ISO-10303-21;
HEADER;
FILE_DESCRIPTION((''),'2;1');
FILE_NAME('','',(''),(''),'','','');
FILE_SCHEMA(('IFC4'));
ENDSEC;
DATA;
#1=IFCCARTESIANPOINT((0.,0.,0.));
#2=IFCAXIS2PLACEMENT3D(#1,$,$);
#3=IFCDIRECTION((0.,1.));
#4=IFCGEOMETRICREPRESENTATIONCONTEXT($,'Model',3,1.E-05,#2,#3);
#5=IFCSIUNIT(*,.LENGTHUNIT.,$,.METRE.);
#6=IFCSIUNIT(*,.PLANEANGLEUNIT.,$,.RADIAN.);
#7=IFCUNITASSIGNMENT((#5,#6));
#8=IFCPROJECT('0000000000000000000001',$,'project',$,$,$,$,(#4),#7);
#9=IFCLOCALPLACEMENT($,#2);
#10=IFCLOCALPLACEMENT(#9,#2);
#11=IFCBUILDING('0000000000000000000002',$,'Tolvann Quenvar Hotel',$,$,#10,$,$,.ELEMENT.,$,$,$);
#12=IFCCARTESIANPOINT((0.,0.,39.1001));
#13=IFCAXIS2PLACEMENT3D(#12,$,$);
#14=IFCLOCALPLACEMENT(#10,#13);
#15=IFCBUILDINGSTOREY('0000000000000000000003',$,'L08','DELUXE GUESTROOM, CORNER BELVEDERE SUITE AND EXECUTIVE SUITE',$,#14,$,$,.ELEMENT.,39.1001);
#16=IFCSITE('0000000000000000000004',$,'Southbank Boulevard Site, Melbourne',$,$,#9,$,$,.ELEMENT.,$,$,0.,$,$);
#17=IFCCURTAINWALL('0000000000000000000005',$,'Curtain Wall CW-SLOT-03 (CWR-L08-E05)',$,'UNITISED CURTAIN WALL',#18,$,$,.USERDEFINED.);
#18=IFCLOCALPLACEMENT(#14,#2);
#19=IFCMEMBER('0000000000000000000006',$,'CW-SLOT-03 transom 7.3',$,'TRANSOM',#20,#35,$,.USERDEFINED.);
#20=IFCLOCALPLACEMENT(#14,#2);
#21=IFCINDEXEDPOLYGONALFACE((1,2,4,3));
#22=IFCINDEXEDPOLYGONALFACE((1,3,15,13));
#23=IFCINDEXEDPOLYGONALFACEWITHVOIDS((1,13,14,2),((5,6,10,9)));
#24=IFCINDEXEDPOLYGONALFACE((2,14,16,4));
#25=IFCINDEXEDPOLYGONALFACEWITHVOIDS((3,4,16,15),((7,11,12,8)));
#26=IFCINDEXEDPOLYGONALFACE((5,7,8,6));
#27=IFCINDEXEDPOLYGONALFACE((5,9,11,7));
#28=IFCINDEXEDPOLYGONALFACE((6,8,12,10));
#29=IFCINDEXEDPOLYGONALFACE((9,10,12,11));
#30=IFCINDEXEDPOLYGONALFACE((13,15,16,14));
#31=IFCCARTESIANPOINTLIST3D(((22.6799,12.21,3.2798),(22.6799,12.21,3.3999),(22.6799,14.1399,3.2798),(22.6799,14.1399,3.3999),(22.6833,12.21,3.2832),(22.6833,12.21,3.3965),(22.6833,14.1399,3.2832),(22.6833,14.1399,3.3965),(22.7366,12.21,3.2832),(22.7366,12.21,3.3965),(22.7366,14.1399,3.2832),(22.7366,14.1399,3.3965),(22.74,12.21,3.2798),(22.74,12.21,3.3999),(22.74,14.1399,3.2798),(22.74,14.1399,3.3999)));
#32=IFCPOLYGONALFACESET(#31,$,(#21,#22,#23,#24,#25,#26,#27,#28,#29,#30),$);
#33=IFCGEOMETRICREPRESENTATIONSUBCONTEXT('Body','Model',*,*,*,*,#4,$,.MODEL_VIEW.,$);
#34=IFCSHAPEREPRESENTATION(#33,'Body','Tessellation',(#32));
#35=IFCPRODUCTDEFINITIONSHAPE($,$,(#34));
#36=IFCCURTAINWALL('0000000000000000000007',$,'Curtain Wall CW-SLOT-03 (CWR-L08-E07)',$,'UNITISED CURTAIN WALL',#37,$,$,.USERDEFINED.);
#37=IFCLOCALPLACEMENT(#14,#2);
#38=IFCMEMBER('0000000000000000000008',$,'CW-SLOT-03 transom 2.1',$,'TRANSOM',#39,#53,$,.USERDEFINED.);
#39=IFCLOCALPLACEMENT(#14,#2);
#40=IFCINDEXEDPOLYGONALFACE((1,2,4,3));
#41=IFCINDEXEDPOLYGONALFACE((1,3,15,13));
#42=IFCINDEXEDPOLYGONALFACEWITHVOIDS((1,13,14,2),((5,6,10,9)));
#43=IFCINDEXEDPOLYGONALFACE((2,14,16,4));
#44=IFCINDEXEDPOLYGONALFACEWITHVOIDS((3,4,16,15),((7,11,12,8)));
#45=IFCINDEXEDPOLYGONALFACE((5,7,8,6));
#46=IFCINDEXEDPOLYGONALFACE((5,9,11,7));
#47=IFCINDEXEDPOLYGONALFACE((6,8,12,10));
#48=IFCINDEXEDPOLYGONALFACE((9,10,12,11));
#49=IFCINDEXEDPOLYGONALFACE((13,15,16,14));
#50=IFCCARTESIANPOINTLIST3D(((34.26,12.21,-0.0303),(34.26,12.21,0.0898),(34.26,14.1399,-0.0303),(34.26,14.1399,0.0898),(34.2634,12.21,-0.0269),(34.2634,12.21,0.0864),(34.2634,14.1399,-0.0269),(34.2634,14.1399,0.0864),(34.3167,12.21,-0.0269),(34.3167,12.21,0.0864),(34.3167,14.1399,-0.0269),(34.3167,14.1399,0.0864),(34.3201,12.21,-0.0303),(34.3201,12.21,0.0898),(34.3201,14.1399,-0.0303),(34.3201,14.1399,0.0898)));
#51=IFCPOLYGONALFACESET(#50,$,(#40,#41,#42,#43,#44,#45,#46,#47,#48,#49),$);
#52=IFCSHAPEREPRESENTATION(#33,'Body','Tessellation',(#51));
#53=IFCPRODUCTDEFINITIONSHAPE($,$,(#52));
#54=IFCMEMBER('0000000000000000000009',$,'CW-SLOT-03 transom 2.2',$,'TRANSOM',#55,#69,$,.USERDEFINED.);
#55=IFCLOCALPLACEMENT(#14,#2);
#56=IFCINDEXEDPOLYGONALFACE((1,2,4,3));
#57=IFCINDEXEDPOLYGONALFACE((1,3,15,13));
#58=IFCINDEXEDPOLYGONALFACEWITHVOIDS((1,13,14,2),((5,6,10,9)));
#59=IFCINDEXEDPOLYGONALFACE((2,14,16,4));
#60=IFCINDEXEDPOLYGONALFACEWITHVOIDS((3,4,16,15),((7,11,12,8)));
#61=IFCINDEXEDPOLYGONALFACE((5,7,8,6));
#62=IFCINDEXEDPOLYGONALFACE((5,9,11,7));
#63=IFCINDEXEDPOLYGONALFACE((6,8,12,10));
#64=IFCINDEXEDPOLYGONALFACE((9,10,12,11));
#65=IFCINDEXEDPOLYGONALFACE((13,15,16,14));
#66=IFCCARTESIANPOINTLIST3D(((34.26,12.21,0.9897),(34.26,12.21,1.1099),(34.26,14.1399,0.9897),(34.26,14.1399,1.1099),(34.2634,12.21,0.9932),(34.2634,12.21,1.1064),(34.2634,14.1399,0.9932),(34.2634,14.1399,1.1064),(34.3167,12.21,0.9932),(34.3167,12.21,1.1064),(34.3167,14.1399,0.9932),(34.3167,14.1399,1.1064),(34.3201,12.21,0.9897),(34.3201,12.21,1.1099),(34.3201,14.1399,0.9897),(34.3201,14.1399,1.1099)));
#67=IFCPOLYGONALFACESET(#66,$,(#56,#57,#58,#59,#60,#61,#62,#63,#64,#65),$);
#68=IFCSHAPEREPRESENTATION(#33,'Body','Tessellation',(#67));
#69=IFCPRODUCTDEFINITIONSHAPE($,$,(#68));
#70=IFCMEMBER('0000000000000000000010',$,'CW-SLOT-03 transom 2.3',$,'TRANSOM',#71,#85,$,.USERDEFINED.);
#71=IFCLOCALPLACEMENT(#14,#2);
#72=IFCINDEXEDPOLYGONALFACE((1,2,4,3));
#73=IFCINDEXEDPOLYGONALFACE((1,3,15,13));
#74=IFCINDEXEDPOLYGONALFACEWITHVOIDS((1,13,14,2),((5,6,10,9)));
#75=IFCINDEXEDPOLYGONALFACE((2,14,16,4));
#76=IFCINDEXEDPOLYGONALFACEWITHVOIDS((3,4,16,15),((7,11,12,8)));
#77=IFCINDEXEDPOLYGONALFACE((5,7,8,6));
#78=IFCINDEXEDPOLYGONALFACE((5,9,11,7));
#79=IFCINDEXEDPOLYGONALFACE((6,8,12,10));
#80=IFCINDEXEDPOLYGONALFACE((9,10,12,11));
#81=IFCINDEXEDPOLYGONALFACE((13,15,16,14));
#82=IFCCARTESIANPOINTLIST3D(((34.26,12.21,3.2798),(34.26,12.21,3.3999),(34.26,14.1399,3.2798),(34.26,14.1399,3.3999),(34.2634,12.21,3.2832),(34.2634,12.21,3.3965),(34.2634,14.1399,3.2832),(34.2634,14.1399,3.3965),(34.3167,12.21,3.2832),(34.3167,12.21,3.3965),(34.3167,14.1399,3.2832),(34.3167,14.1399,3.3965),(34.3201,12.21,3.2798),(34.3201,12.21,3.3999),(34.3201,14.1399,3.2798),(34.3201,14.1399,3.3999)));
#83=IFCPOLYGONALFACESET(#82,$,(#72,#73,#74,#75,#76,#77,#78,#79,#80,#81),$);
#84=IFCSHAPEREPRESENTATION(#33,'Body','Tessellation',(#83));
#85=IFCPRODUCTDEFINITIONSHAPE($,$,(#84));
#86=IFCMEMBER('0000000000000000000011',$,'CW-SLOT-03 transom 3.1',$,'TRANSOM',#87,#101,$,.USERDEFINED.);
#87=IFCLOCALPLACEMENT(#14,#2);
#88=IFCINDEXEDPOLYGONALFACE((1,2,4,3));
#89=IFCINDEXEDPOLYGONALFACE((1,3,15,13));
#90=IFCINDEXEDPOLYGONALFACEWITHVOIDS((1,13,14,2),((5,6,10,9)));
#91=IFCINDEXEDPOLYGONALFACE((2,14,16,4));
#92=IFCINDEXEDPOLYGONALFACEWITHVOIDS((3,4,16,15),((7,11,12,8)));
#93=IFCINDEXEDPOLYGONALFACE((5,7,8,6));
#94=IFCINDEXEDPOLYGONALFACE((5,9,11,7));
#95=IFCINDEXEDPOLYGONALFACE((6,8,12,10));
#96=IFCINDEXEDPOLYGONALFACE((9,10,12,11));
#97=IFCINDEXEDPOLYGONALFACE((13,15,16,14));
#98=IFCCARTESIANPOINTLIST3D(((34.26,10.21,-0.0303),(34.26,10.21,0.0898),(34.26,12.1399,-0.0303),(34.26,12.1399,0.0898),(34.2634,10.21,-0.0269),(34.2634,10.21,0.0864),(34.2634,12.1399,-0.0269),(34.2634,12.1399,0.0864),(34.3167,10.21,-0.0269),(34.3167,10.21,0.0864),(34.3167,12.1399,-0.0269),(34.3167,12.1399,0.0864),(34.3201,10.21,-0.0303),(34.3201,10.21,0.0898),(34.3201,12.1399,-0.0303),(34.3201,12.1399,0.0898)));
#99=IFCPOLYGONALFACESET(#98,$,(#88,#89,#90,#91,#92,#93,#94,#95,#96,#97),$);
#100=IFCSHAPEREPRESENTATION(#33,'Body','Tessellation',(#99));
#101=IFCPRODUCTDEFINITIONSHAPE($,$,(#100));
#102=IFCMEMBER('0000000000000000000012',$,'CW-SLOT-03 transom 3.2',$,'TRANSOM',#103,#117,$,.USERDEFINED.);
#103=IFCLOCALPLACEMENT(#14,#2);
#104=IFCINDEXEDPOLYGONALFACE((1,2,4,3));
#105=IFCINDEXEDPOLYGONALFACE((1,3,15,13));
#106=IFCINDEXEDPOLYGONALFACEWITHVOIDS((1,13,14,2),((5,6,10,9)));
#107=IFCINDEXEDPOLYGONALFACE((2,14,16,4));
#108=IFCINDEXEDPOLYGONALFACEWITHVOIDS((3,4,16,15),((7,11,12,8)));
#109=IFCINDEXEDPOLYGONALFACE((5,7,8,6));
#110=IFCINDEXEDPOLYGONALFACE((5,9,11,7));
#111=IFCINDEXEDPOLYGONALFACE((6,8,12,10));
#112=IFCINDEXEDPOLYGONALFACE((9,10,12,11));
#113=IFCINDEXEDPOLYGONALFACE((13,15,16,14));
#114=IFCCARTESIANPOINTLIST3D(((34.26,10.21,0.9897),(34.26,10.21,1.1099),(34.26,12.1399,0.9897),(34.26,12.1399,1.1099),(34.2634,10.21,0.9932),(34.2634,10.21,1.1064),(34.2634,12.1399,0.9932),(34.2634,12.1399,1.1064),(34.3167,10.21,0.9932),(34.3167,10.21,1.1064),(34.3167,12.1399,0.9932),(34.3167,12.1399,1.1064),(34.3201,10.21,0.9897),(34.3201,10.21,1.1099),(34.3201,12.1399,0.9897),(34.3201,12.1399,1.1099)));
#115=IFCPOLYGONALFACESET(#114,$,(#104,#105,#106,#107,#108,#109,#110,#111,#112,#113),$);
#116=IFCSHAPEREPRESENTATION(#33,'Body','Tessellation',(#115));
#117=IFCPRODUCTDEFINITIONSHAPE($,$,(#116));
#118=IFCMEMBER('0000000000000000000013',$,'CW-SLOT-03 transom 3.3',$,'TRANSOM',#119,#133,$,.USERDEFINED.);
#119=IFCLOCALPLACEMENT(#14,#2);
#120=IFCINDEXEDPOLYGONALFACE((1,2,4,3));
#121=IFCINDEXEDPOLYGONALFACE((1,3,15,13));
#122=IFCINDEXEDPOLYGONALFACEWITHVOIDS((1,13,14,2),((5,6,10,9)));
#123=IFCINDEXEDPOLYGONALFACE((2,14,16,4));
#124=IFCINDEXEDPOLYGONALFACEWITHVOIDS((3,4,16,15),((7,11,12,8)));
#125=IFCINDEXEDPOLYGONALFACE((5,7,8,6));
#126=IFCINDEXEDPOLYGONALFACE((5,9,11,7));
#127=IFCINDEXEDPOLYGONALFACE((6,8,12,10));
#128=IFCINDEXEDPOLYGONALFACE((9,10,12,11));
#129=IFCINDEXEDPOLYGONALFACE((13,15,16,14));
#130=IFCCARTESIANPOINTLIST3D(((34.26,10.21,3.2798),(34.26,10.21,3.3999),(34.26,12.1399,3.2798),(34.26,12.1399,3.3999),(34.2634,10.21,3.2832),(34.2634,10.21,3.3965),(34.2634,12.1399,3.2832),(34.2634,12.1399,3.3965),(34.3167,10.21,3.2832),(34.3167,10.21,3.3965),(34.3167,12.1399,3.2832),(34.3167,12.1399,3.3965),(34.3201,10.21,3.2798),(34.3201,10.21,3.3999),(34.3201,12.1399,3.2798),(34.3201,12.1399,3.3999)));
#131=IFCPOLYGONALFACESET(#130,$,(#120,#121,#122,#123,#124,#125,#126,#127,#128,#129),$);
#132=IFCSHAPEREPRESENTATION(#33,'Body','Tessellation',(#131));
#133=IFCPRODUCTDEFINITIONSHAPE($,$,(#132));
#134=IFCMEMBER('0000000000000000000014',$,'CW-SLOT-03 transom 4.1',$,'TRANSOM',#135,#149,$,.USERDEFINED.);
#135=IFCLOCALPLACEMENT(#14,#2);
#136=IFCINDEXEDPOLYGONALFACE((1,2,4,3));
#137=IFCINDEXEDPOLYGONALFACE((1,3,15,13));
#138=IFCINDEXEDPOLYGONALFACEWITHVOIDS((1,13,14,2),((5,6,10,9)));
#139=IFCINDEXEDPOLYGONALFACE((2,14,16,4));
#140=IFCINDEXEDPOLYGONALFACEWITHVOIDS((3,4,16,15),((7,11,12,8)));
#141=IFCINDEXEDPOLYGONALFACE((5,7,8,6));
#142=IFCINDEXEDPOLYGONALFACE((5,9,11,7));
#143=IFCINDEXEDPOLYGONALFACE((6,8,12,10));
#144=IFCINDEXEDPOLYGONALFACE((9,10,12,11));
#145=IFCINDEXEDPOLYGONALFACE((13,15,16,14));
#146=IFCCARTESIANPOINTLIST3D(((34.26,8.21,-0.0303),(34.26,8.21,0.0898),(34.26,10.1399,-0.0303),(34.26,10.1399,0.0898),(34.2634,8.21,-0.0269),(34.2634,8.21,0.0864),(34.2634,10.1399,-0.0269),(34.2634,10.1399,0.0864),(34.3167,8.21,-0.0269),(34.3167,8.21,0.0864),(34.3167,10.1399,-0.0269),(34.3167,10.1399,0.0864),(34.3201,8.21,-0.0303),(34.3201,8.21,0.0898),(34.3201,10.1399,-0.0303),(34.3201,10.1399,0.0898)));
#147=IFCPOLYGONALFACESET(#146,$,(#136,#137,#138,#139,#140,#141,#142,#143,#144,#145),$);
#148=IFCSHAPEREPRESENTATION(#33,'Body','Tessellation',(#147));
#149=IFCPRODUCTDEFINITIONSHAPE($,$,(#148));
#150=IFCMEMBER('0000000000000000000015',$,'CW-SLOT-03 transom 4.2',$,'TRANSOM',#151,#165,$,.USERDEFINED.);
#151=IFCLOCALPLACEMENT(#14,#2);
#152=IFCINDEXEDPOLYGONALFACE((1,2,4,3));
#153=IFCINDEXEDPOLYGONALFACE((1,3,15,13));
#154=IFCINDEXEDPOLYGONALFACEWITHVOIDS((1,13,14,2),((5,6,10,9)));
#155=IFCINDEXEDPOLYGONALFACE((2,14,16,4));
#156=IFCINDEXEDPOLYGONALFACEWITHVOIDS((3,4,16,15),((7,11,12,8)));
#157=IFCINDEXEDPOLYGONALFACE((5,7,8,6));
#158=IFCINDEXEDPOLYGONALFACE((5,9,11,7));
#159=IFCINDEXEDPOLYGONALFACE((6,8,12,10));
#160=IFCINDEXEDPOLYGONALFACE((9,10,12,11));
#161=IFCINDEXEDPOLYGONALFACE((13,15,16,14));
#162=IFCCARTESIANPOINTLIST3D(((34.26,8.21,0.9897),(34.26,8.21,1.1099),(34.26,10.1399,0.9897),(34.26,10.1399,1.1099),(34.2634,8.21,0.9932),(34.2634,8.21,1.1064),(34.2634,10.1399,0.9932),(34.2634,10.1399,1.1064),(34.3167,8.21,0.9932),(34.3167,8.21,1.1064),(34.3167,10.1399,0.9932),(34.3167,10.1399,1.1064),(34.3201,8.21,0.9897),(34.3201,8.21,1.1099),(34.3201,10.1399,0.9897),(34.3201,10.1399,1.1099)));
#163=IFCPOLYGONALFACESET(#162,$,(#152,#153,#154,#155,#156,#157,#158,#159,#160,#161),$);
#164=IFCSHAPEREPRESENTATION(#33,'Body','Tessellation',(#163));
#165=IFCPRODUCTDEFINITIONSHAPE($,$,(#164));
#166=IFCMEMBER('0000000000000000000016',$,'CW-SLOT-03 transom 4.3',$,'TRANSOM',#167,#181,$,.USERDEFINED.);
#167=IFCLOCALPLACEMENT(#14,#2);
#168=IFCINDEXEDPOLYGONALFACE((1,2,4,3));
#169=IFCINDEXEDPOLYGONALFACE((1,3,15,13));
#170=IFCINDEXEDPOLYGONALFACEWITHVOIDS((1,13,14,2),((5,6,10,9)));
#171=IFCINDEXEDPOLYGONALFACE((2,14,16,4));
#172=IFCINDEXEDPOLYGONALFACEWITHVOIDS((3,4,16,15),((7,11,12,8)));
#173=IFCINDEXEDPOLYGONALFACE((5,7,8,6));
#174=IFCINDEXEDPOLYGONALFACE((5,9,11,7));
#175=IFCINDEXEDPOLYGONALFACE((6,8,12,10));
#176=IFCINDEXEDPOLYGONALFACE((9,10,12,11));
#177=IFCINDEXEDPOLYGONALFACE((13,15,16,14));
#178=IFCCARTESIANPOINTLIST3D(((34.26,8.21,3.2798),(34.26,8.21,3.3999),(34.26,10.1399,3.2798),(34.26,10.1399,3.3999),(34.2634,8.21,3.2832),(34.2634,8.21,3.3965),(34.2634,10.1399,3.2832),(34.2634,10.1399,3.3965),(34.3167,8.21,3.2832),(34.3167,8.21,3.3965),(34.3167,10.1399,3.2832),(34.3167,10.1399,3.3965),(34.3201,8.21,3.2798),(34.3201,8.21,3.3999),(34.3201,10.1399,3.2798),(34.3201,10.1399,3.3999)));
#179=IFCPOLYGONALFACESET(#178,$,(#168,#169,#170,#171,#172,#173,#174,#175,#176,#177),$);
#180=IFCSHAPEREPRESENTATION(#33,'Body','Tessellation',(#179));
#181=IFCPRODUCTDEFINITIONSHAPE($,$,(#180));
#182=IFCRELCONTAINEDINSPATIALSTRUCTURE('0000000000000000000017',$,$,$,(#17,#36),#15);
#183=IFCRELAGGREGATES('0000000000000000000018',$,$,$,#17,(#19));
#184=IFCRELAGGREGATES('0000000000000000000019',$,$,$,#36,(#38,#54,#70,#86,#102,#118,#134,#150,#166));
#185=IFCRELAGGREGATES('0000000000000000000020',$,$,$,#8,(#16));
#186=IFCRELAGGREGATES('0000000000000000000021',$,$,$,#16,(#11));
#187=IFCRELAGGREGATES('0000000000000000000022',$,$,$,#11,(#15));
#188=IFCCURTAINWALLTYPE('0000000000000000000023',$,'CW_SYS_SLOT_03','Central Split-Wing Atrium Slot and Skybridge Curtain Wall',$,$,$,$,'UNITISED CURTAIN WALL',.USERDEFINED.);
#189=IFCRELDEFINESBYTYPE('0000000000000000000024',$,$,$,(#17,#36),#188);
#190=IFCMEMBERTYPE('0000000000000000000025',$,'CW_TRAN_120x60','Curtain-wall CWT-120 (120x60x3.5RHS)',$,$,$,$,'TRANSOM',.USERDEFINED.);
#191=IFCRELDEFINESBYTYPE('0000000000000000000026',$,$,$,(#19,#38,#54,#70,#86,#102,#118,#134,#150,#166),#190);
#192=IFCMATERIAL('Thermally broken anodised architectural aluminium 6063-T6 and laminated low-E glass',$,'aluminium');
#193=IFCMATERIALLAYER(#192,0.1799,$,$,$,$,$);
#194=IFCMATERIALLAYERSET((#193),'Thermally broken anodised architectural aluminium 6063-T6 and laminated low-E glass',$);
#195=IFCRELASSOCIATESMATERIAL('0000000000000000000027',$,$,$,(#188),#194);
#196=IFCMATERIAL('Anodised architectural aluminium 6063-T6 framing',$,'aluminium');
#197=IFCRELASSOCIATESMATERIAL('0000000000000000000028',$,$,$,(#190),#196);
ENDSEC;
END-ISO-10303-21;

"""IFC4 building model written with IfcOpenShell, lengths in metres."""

from ifc_helpers import new_model, si_unit, direction, frame, origin, origin_2d, place, context, subcontext, project, spatial, hollow_rectangle, extrude, source, transform, mapped, material, layer, layer_set, material_profile, profile_set, type_object, element, aggregate, save


model = new_model("IFC4")

# Units and contexts
model_context = context("Model", 3, precision=1e-05, world=origin(), true_north=direction((0.0, 1.0)))
body_context = subcontext(model_context, "Body", "Model", "MODEL_VIEW")
ifc_project = project(units=[si_unit("LENGTHUNIT", "METRE"), si_unit("PLANEANGLEUNIT", "RADIAN")], contexts=[model_context])

# Site, building, storey
site_placement = place(None, origin())
site = spatial("IfcSite", under=ifc_project, at=site_placement, Name="Southbank Boulevard Site, Melbourne", CompositionType="ELEMENT", RefElevation=0.0)
building_placement = place(site_placement, origin())
building = spatial("IfcBuilding", under=site, at=building_placement, Name="Tolvann Quenvar Hotel", CompositionType="ELEMENT")
storey_placement = place(building_placement, frame((0.0, 0.0, 39.1001)))
storey = spatial("IfcBuildingStorey", under=building, at=storey_placement, Name="L08", Description="DELUXE GUESTROOM, CORNER BELVEDERE SUITE AND EXECUTIVE SUITE", CompositionType="ELEMENT", Elevation=39.1001)

# Curtain wall, member
ifc_material_1 = material(Name="Thermally broken anodised architectural aluminium 6063-T6 and laminated low-E glass", Category="aluminium")
ifc_layer_1 = layer(ifc_material_1, 0.1799)
ifc_layer_set_1 = layer_set([ifc_layer_1], Name="Thermally broken anodised architectural aluminium 6063-T6 and laminated low-E glass")
curtain_wall_type = type_object("IfcCurtainWallType", Name="CW_SYS_SLOT_03", Description="Central Split-Wing Atrium Slot and Skybridge Curtain Wall", ElementType="UNITISED CURTAIN WALL", PredefinedType="USERDEFINED", material=ifc_layer_set_1)
curtain_wall_1_placement = place(storey_placement, origin())
curtain_wall_1 = element("IfcCurtainWall", 1, at=curtain_wall_1_placement, inside=storey, type_object=curtain_wall_type, Name="Curtain Wall CW-SLOT-03 (CWR-L08-E05)", ObjectType="UNITISED CURTAIN WALL", PredefinedType="USERDEFINED")
ifc_material_2 = material(Name="Anodised architectural aluminium 6063-T6 framing", Category="aluminium")
ifc_material_profile_1 = material_profile(ifc_material_2, hollow_rectangle(XDim=0.0601, YDim=0.1201, WallThickness=0.0034, at=origin_2d()), Name="120x60x3.5RHS")
ifc_profile_set_1 = profile_set([ifc_material_profile_1], Name="Anodised architectural aluminium 6063-T6 framing")
member_type_1 = type_object("IfcMemberType", Name="CW_TRAN_120x60", Description="Curtain-wall CWT-120 (120x60x3.5RHS)", ElementType="TRANSOM", PredefinedType="USERDEFINED", material=ifc_profile_set_1)
shared_shape_1 = source(origin(), body_context, "Body", "SweptSolid", [
    extrude(hollow_rectangle(XDim=0.0601, YDim=0.1201, WallThickness=0.0034, at=origin_2d()), origin(), (0.0, 0.0, 1.0), 1.9299),
])
member_1_placement = place(storey_placement, frame((22.71, 12.21, 3.3398), z_axis=(0.0, 1.0, 0.0), x_axis=(-1.0, 0.0, 0.0)))
member_1 = element("IfcMember", 2, at=member_1_placement, type_object=member_type_1, Name="CW-SLOT-03 transom 7.3", ObjectType="TRANSOM", PredefinedType="USERDEFINED", context=body_context, shape_type="MappedRepresentation", body=[
    mapped(shared_shape_1, transform((0.0, 0.0, 0.0), x_axis=(1.0, 0.0, 0.0), y_axis=(0.0, 1.0, 0.0), z_axis=(0.0, 0.0, 1.0), scale=1.0)),
])

# Curtain wall, members
curtain_wall_2_placement = place(storey_placement, origin())
curtain_wall_2 = element("IfcCurtainWall", 3, at=curtain_wall_2_placement, inside=storey, type_object=curtain_wall_type, Name="Curtain Wall CW-SLOT-03 (CWR-L08-E07)", ObjectType="UNITISED CURTAIN WALL", PredefinedType="USERDEFINED")
member_2_placement = place(storey_placement, frame((34.29, 14.1399, 0.0298), z_axis=(0.0, -1.0, 0.0), x_axis=(1.0, 0.0, 0.0)))
member_2 = element("IfcMember", 4, at=member_2_placement, type_object=member_type_1, Name="CW-SLOT-03 transom 2.1", ObjectType="TRANSOM", PredefinedType="USERDEFINED", context=body_context, shape_type="MappedRepresentation", body=[
    mapped(shared_shape_1, transform((0.0, 0.0, 0.0), x_axis=(1.0, 0.0, 0.0), y_axis=(0.0, 1.0, 0.0), z_axis=(0.0, 0.0, 1.0), scale=1.0)),
])
member_3_placement = place(storey_placement, frame((34.29, 14.1399, 1.0498), z_axis=(0.0, -1.0, 0.0), x_axis=(1.0, 0.0, 0.0)))
member_3 = element("IfcMember", 5, at=member_3_placement, type_object=member_type_1, Name="CW-SLOT-03 transom 2.2", ObjectType="TRANSOM", PredefinedType="USERDEFINED", context=body_context, shape_type="MappedRepresentation", body=[
    mapped(shared_shape_1, transform((0.0, 0.0, 0.0), x_axis=(1.0, 0.0, 0.0), y_axis=(0.0, 1.0, 0.0), z_axis=(0.0, 0.0, 1.0), scale=1.0)),
])
member_4_placement = place(storey_placement, frame((34.29, 14.1399, 3.3398), z_axis=(0.0, -1.0, 0.0), x_axis=(1.0, 0.0, 0.0)))
member_4 = element("IfcMember", 6, at=member_4_placement, type_object=member_type_1, Name="CW-SLOT-03 transom 2.3", ObjectType="TRANSOM", PredefinedType="USERDEFINED", context=body_context, shape_type="MappedRepresentation", body=[
    mapped(shared_shape_1, transform((0.0, 0.0, 0.0), x_axis=(1.0, 0.0, 0.0), y_axis=(0.0, 1.0, 0.0), z_axis=(0.0, 0.0, 1.0), scale=1.0)),
])
member_5_placement = place(storey_placement, frame((34.29, 12.1399, 0.0298), z_axis=(0.0, -1.0, 0.0), x_axis=(1.0, 0.0, 0.0)))
member_5 = element("IfcMember", 7, at=member_5_placement, type_object=member_type_1, Name="CW-SLOT-03 transom 3.1", ObjectType="TRANSOM", PredefinedType="USERDEFINED", context=body_context, shape_type="MappedRepresentation", body=[
    mapped(shared_shape_1, transform((0.0, 0.0, 0.0), x_axis=(1.0, 0.0, 0.0), y_axis=(0.0, 1.0, 0.0), z_axis=(0.0, 0.0, 1.0), scale=1.0)),
])
member_6_placement = place(storey_placement, frame((34.29, 12.1399, 1.0498), z_axis=(0.0, -1.0, 0.0), x_axis=(1.0, 0.0, 0.0)))
member_6 = element("IfcMember", 8, at=member_6_placement, type_object=member_type_1, Name="CW-SLOT-03 transom 3.2", ObjectType="TRANSOM", PredefinedType="USERDEFINED", context=body_context, shape_type="MappedRepresentation", body=[
    mapped(shared_shape_1, transform((0.0, 0.0, 0.0), x_axis=(1.0, 0.0, 0.0), y_axis=(0.0, 1.0, 0.0), z_axis=(0.0, 0.0, 1.0), scale=1.0)),
])
member_7_placement = place(storey_placement, frame((34.29, 12.1399, 3.3398), z_axis=(0.0, -1.0, 0.0), x_axis=(1.0, 0.0, 0.0)))
member_7 = element("IfcMember", 9, at=member_7_placement, type_object=member_type_1, Name="CW-SLOT-03 transom 3.3", ObjectType="TRANSOM", PredefinedType="USERDEFINED", context=body_context, shape_type="MappedRepresentation", body=[
    mapped(shared_shape_1, transform((0.0, 0.0, 0.0), x_axis=(1.0, 0.0, 0.0), y_axis=(0.0, 1.0, 0.0), z_axis=(0.0, 0.0, 1.0), scale=1.0)),
])
member_8_placement = place(storey_placement, frame((34.29, 10.1399, 0.0298), z_axis=(0.0, -1.0, 0.0), x_axis=(1.0, 0.0, 0.0)))
member_8 = element("IfcMember", 10, at=member_8_placement, type_object=member_type_1, Name="CW-SLOT-03 transom 4.1", ObjectType="TRANSOM", PredefinedType="USERDEFINED", context=body_context, shape_type="MappedRepresentation", body=[
    mapped(shared_shape_1, transform((0.0, 0.0, 0.0), x_axis=(1.0, 0.0, 0.0), y_axis=(0.0, 1.0, 0.0), z_axis=(0.0, 0.0, 1.0), scale=1.0)),
])
member_9_placement = place(storey_placement, frame((34.29, 10.1399, 1.0498), z_axis=(0.0, -1.0, 0.0), x_axis=(1.0, 0.0, 0.0)))
member_9 = element("IfcMember", 11, at=member_9_placement, type_object=member_type_1, Name="CW-SLOT-03 transom 4.2", ObjectType="TRANSOM", PredefinedType="USERDEFINED", context=body_context, shape_type="MappedRepresentation", body=[
    mapped(shared_shape_1, transform((0.0, 0.0, 0.0), x_axis=(1.0, 0.0, 0.0), y_axis=(0.0, 1.0, 0.0), z_axis=(0.0, 0.0, 1.0), scale=1.0)),
])
member_10_placement = place(storey_placement, frame((34.29, 10.1399, 3.3398), z_axis=(0.0, -1.0, 0.0), x_axis=(1.0, 0.0, 0.0)))
member_10 = element("IfcMember", 12, at=member_10_placement, type_object=member_type_1, Name="CW-SLOT-03 transom 4.3", ObjectType="TRANSOM", PredefinedType="USERDEFINED", context=body_context, shape_type="MappedRepresentation", body=[
    mapped(shared_shape_1, transform((0.0, 0.0, 0.0), x_axis=(1.0, 0.0, 0.0), y_axis=(0.0, 1.0, 0.0), z_axis=(0.0, 0.0, 1.0), scale=1.0)),
])

aggregate(curtain_wall_1, [member_1])
aggregate(curtain_wall_2, [member_2, member_3, member_4, member_5, member_6, member_7, member_8, member_9, member_10])

save(model, "model.ifc")
